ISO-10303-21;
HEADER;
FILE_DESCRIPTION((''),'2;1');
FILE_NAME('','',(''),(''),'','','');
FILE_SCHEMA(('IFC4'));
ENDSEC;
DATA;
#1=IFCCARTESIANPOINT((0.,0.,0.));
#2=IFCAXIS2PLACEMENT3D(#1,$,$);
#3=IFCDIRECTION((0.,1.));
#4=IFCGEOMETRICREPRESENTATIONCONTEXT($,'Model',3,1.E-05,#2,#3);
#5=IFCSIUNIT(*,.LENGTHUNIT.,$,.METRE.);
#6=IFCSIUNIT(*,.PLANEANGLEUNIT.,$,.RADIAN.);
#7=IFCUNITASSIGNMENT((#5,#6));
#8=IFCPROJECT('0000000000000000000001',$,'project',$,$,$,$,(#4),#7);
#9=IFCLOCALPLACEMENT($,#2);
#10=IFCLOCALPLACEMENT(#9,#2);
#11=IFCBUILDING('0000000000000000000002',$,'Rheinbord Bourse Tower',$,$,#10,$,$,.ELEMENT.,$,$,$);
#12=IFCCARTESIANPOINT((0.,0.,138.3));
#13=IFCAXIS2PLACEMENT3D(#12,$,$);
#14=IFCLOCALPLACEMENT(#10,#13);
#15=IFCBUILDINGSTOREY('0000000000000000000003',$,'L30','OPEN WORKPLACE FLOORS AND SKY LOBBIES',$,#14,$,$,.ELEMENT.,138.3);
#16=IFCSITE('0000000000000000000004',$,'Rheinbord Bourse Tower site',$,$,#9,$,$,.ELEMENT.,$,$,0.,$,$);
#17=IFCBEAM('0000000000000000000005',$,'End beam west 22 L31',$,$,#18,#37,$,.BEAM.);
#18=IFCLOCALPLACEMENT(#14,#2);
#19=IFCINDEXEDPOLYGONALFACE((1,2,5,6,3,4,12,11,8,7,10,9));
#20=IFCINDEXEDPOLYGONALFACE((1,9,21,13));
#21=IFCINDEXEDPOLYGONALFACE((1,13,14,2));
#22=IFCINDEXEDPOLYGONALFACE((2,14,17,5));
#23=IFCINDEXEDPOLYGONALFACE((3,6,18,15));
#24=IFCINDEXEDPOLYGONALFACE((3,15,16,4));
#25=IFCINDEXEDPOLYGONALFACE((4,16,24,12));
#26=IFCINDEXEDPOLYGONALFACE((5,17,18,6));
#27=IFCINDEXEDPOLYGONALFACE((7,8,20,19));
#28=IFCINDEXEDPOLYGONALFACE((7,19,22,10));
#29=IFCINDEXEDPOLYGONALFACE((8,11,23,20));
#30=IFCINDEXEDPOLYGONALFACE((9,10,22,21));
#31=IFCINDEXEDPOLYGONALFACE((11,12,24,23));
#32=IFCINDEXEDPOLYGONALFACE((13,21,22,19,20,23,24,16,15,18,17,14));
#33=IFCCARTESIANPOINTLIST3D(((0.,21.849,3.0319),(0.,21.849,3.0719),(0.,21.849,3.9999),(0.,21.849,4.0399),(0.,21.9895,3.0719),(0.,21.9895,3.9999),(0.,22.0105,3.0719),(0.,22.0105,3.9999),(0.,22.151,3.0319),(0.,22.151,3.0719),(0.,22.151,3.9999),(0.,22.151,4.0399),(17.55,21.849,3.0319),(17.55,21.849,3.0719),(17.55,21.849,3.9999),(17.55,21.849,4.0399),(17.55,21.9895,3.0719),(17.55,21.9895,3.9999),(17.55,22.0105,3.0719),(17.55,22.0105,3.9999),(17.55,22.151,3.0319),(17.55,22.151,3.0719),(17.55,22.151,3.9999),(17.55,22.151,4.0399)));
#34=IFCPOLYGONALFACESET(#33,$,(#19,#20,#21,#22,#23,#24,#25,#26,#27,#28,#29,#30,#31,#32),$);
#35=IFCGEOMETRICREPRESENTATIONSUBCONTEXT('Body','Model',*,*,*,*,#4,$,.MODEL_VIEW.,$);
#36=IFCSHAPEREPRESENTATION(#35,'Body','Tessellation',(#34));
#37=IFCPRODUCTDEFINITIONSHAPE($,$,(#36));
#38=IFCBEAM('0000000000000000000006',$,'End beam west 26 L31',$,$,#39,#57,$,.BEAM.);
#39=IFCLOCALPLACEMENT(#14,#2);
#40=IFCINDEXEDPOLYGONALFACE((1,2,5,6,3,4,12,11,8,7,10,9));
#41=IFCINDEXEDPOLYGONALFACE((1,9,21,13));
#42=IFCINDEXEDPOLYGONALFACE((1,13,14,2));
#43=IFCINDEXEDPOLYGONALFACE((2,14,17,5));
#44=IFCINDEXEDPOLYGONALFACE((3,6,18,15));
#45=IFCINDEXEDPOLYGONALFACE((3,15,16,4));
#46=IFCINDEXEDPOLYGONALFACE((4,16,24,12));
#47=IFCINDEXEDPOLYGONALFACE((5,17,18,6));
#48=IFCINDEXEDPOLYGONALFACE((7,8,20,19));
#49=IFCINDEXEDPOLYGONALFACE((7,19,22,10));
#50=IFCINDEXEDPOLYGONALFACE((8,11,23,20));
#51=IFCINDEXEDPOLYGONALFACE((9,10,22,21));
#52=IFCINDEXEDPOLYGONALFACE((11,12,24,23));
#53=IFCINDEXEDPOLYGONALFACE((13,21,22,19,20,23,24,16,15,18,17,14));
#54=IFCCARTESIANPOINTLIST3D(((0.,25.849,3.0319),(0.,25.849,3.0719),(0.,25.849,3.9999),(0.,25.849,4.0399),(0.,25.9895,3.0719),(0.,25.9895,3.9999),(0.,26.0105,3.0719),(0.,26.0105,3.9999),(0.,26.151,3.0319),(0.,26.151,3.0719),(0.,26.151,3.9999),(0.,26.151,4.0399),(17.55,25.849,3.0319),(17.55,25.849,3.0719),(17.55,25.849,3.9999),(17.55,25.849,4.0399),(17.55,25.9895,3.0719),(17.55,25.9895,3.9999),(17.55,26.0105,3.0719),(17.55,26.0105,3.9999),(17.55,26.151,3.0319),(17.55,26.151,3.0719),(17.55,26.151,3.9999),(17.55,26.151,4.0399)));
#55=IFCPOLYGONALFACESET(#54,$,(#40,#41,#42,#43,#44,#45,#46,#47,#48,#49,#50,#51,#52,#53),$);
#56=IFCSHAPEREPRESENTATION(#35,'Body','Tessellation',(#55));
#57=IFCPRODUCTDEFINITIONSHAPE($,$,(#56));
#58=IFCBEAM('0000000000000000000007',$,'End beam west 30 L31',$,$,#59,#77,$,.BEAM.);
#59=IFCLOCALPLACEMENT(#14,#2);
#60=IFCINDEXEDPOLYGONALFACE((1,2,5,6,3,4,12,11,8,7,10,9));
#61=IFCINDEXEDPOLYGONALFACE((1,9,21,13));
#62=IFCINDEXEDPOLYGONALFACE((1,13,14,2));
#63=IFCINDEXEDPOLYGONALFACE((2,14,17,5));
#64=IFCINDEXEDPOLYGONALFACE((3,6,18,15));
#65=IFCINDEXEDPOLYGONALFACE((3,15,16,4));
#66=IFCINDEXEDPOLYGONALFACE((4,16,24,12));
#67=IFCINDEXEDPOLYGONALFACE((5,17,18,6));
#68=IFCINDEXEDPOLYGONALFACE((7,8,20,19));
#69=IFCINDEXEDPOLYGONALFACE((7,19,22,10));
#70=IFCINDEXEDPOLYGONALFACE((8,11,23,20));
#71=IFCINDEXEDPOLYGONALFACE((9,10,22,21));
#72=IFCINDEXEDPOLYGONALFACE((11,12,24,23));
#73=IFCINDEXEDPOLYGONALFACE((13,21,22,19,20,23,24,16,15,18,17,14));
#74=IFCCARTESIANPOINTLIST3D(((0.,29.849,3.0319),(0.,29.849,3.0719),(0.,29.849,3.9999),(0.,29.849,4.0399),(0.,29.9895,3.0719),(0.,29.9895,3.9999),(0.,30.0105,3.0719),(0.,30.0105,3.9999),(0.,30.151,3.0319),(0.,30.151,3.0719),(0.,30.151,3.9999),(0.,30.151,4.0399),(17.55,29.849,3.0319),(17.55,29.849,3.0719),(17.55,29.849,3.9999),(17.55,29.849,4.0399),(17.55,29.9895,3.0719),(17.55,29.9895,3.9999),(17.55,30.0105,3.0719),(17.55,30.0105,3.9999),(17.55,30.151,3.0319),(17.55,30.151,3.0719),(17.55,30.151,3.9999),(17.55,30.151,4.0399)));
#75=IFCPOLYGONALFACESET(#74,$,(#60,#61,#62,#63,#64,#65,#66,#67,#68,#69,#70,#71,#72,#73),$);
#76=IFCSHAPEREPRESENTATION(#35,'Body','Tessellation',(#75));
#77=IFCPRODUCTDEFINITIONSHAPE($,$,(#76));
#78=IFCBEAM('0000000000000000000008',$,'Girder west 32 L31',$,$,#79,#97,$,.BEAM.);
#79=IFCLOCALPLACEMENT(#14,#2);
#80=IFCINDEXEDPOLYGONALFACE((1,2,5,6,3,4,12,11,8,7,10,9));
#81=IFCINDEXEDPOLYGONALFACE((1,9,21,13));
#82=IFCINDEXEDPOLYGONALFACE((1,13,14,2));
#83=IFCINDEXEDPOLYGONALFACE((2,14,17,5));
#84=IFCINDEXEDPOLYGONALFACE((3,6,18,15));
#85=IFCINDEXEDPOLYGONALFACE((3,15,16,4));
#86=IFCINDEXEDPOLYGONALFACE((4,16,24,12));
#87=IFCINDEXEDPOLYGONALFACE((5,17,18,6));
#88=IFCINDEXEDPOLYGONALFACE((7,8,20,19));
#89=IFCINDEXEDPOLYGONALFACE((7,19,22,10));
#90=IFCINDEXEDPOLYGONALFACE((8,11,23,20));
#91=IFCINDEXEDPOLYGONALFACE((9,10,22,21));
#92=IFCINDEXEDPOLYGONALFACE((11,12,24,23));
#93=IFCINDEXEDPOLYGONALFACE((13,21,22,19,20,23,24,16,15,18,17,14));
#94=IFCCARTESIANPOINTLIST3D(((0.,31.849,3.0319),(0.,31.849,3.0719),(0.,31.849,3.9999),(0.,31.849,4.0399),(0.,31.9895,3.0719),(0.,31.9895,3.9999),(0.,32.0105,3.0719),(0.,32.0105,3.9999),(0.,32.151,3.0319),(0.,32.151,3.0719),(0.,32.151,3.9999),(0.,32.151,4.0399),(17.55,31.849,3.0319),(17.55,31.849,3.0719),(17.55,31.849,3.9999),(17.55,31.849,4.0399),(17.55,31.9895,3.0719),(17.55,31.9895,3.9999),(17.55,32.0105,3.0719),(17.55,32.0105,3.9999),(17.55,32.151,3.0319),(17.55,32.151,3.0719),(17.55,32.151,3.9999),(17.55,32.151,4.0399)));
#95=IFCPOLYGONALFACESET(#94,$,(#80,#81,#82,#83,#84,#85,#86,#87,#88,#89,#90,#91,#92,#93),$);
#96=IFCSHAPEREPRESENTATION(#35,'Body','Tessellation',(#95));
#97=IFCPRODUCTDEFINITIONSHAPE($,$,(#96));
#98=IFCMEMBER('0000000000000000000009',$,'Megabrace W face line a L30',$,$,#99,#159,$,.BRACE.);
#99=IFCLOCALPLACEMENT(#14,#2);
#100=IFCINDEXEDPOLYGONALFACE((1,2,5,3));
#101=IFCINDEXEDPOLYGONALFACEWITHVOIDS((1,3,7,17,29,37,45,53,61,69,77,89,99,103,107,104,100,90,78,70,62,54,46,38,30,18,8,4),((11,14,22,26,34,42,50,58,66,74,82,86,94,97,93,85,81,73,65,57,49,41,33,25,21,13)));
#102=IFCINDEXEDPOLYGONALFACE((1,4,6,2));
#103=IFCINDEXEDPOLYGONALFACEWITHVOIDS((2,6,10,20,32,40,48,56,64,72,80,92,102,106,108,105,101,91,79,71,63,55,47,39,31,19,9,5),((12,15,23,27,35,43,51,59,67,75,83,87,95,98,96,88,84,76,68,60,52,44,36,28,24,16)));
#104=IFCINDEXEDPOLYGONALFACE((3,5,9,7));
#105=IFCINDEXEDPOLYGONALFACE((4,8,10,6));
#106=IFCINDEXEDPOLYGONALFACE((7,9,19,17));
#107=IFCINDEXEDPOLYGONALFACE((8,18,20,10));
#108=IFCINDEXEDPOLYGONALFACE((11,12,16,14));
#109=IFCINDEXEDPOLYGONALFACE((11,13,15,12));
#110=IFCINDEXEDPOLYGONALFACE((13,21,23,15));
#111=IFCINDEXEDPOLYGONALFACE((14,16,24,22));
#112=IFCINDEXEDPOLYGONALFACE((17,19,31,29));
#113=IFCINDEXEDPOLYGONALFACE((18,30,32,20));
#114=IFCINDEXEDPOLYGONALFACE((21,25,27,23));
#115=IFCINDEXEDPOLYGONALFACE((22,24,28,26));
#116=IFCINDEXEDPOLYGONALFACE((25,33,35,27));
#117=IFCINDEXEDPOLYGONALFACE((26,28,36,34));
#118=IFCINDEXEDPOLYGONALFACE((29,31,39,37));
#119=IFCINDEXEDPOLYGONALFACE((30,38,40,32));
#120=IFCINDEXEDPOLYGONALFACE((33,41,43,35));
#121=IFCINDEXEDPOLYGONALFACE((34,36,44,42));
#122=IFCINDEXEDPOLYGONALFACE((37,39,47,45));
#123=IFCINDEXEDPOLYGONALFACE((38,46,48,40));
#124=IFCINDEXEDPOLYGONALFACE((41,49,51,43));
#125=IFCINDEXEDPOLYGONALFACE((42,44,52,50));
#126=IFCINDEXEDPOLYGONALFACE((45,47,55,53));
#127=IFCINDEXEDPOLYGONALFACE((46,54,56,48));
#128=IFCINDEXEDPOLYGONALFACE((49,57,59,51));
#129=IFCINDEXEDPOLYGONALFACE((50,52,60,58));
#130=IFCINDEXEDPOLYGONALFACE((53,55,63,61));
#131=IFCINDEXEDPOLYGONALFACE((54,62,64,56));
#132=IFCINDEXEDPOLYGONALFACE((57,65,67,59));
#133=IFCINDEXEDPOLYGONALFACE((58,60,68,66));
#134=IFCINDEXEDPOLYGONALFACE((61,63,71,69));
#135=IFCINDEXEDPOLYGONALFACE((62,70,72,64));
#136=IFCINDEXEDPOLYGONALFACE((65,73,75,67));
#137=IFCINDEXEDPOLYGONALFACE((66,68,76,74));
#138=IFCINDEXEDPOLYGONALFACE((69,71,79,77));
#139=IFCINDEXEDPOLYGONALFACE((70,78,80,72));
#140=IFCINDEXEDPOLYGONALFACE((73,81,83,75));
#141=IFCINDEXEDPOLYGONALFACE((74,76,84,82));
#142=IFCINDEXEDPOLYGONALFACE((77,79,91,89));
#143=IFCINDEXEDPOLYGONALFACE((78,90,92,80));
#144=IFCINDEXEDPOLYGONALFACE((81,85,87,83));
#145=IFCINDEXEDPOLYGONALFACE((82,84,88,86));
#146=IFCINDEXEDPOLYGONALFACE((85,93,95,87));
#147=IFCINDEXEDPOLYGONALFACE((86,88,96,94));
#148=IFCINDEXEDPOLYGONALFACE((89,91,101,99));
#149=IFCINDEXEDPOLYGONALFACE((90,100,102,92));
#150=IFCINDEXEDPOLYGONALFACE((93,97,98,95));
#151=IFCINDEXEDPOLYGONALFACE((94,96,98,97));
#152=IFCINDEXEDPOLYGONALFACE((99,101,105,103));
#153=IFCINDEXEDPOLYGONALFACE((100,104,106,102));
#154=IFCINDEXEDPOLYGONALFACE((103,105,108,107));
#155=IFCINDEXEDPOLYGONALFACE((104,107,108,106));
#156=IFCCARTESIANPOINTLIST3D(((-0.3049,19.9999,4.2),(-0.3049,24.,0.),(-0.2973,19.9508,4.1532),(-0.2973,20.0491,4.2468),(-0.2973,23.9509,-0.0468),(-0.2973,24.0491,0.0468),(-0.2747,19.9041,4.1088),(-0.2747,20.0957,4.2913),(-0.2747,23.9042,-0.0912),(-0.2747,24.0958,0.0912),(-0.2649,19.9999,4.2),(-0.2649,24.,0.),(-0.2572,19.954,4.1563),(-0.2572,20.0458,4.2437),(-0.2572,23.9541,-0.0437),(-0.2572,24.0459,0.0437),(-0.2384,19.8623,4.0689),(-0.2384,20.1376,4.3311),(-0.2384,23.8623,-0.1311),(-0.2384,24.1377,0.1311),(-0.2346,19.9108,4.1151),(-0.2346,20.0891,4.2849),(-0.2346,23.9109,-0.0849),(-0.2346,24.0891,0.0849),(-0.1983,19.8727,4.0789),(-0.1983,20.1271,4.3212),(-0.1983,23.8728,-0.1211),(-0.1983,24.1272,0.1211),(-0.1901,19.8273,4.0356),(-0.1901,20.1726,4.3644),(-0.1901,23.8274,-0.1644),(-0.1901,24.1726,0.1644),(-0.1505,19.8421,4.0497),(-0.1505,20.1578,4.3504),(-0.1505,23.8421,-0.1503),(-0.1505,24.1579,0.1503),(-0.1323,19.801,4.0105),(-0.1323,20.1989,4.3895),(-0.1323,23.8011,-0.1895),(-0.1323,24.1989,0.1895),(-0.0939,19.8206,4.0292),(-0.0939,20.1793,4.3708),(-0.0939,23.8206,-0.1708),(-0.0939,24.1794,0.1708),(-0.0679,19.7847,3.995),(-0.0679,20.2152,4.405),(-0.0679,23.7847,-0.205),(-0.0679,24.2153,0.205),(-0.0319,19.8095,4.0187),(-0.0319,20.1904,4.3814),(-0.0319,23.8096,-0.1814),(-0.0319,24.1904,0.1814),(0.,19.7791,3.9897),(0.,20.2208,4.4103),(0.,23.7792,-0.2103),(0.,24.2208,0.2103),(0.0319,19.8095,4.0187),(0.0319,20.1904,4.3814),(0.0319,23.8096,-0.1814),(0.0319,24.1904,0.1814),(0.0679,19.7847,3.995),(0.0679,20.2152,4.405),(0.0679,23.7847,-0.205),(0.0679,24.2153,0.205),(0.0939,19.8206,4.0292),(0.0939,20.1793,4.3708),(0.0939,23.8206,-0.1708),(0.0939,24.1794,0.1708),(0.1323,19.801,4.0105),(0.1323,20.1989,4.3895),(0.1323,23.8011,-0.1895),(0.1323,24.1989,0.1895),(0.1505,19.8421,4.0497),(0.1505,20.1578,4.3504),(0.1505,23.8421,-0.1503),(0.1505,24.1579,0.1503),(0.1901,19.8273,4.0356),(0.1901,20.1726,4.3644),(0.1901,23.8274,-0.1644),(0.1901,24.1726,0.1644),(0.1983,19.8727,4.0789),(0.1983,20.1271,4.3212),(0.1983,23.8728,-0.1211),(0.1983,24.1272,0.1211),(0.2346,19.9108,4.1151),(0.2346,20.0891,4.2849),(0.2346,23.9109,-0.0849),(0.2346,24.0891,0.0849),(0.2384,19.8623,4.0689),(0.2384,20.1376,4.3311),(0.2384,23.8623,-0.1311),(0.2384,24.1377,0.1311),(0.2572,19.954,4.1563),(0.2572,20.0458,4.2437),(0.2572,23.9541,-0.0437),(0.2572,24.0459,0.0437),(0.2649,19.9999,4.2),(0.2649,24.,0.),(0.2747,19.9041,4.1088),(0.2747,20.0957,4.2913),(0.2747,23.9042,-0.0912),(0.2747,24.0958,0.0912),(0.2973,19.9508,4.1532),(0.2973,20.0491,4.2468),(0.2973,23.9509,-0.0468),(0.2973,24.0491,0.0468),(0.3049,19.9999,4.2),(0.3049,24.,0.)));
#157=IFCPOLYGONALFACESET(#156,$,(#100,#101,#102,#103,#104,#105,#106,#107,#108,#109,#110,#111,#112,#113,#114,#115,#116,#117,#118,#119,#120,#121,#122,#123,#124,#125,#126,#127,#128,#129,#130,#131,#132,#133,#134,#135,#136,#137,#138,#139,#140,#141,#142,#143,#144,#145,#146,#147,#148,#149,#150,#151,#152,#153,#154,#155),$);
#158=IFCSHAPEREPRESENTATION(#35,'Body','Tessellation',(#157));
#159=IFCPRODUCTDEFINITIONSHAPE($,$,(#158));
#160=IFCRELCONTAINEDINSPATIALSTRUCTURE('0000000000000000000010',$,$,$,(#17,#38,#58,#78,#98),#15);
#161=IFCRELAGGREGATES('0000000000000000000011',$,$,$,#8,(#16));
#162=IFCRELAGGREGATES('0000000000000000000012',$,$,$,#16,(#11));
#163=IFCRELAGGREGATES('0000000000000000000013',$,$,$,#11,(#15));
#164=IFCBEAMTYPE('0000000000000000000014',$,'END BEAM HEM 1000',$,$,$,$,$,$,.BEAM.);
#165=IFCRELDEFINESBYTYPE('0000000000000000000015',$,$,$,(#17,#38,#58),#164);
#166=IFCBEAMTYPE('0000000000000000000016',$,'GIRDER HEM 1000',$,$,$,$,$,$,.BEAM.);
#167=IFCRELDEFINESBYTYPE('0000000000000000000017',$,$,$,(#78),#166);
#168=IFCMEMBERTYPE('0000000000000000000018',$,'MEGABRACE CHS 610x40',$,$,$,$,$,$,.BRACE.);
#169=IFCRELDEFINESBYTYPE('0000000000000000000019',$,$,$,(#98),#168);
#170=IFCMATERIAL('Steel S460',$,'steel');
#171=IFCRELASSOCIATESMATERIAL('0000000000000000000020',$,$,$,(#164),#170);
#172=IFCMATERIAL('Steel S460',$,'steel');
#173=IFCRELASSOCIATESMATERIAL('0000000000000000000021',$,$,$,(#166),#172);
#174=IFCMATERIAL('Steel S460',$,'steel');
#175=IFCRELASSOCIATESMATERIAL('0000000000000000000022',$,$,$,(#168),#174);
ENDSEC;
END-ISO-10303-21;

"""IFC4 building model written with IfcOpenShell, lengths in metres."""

from ifc_helpers import new_model, si_unit, direction, frame, origin, origin_2d, place, context, subcontext, project, spatial, hollow_circle, i_section, extrude, material, material_profile, profile_set, type_object, element, save


model = new_model("IFC4")

# Units and contexts
model_context = context("Model", 3, precision=1e-05, world=origin(), true_north=direction((0.0, 1.0)))
body_context = subcontext(model_context, "Body", "Model", "MODEL_VIEW")
ifc_project = project(units=[si_unit("LENGTHUNIT", "METRE"), si_unit("PLANEANGLEUNIT", "RADIAN")], contexts=[model_context])

# Site, building, storey
site_placement = place(None, origin())
site = spatial("IfcSite", under=ifc_project, at=site_placement, Name="Rheinbord Bourse Tower site", CompositionType="ELEMENT", RefElevation=0.0)
building_placement = place(site_placement, origin())
building = spatial("IfcBuilding", under=site, at=building_placement, Name="Rheinbord Bourse Tower", CompositionType="ELEMENT")
storey_placement = place(building_placement, frame((0.0, 0.0, 138.3)))
storey = spatial("IfcBuildingStorey", under=building, at=storey_placement, Name="L30", Description="OPEN WORKPLACE FLOORS AND SKY LOBBIES", CompositionType="ELEMENT", Elevation=138.3)

# Beams
ifc_material_1 = material(Name="Steel S460", Category="steel")
ifc_material_profile_1 = material_profile(ifc_material_1, i_section(OverallWidth=0.302, OverallDepth=1.0081, WebThickness=0.021, FlangeThickness=0.04, at=origin_2d()), Name="HEM 1000")
ifc_profile_set_1 = profile_set([ifc_material_profile_1], Name="Steel S460")
beam_type_1 = type_object("IfcBeamType", Name="END BEAM HEM 1000", PredefinedType="BEAM", material=ifc_profile_set_1)
for number, where, z_axis, x_axis, name in (
    (1, (0.0, 22.0, 3.5359), (1.0, 0.0, 0.0), (0.0, 1.0, 0.0), "End beam west 22 L31"),
    (2, (0.0, 26.0, 3.5359), (1.0, 0.0, 0.0), (0.0, 1.0, 0.0), "End beam west 26 L31"),
    (3, (0.0, 30.0, 3.5359), (1.0, 0.0, 0.0), (0.0, 1.0, 0.0), "End beam west 30 L31"),
):
    element("IfcBeam", number, at=place(storey_placement, frame(where, z_axis=z_axis, x_axis=x_axis)), inside=storey, type_object=beam_type_1, Name=name, PredefinedType="BEAM", context=body_context, shape_type="SweptSolid", body=[
        extrude(i_section(OverallWidth=0.302, OverallDepth=1.0081, WebThickness=0.021, FlangeThickness=0.04, at=origin_2d()), origin(), (0.0, 0.0, 1.0), 17.55),
    ])
ifc_material_2 = material(Name="Steel S460", Category="steel")
ifc_material_profile_2 = material_profile(ifc_material_2, i_section(OverallWidth=0.302, OverallDepth=1.0081, WebThickness=0.021, FlangeThickness=0.04, at=origin_2d()), Name="HEM 1000")
ifc_profile_set_2 = profile_set([ifc_material_profile_2], Name="Steel S460")
beam_type_2 = type_object("IfcBeamType", Name="GIRDER HEM 1000", PredefinedType="BEAM", material=ifc_profile_set_2)
beam_1_placement = place(storey_placement, frame((0.0, 32.0, 3.5359), z_axis=(1.0, 0.0, 0.0), x_axis=(0.0, 1.0, 0.0)))
element("IfcBeam", 4, at=beam_1_placement, inside=storey, type_object=beam_type_2, Name="Girder west 32 L31", PredefinedType="BEAM", context=body_context, shape_type="SweptSolid", body=[
    extrude(i_section(OverallWidth=0.302, OverallDepth=1.0081, WebThickness=0.021, FlangeThickness=0.04, at=origin_2d()), origin(), (0.0, 0.0, 1.0), 17.55),
])

# Member
ifc_material_3 = material(Name="Steel S460", Category="steel")
ifc_material_profile_3 = material_profile(ifc_material_3, hollow_circle(Radius=0.3049, WallThickness=0.04, at=origin_2d()), Name="CHS 610x40")
ifc_profile_set_3 = profile_set([ifc_material_profile_3], Name="Steel S460")
member_type_1 = type_object("IfcMemberType", Name="MEGABRACE CHS 610x40", PredefinedType="BRACE", material=ifc_profile_set_3)
member_1_placement = place(storey_placement, frame((0.0, 24.0, 0.0), z_axis=(0.0, -0.689659, 0.724134), x_axis=(1.0, 0.0, 0.0)))
element("IfcMember", 5, at=member_1_placement, inside=storey, type_object=member_type_1, Name="Megabrace W face line a L30", PredefinedType="BRACE", context=body_context, shape_type="SweptSolid", body=[
    extrude(hollow_circle(Radius=0.3049, WallThickness=0.04, at=origin_2d()), origin(), (0.0, 0.0, 1.0), 5.8),
])

save(model, "model.ifc")
